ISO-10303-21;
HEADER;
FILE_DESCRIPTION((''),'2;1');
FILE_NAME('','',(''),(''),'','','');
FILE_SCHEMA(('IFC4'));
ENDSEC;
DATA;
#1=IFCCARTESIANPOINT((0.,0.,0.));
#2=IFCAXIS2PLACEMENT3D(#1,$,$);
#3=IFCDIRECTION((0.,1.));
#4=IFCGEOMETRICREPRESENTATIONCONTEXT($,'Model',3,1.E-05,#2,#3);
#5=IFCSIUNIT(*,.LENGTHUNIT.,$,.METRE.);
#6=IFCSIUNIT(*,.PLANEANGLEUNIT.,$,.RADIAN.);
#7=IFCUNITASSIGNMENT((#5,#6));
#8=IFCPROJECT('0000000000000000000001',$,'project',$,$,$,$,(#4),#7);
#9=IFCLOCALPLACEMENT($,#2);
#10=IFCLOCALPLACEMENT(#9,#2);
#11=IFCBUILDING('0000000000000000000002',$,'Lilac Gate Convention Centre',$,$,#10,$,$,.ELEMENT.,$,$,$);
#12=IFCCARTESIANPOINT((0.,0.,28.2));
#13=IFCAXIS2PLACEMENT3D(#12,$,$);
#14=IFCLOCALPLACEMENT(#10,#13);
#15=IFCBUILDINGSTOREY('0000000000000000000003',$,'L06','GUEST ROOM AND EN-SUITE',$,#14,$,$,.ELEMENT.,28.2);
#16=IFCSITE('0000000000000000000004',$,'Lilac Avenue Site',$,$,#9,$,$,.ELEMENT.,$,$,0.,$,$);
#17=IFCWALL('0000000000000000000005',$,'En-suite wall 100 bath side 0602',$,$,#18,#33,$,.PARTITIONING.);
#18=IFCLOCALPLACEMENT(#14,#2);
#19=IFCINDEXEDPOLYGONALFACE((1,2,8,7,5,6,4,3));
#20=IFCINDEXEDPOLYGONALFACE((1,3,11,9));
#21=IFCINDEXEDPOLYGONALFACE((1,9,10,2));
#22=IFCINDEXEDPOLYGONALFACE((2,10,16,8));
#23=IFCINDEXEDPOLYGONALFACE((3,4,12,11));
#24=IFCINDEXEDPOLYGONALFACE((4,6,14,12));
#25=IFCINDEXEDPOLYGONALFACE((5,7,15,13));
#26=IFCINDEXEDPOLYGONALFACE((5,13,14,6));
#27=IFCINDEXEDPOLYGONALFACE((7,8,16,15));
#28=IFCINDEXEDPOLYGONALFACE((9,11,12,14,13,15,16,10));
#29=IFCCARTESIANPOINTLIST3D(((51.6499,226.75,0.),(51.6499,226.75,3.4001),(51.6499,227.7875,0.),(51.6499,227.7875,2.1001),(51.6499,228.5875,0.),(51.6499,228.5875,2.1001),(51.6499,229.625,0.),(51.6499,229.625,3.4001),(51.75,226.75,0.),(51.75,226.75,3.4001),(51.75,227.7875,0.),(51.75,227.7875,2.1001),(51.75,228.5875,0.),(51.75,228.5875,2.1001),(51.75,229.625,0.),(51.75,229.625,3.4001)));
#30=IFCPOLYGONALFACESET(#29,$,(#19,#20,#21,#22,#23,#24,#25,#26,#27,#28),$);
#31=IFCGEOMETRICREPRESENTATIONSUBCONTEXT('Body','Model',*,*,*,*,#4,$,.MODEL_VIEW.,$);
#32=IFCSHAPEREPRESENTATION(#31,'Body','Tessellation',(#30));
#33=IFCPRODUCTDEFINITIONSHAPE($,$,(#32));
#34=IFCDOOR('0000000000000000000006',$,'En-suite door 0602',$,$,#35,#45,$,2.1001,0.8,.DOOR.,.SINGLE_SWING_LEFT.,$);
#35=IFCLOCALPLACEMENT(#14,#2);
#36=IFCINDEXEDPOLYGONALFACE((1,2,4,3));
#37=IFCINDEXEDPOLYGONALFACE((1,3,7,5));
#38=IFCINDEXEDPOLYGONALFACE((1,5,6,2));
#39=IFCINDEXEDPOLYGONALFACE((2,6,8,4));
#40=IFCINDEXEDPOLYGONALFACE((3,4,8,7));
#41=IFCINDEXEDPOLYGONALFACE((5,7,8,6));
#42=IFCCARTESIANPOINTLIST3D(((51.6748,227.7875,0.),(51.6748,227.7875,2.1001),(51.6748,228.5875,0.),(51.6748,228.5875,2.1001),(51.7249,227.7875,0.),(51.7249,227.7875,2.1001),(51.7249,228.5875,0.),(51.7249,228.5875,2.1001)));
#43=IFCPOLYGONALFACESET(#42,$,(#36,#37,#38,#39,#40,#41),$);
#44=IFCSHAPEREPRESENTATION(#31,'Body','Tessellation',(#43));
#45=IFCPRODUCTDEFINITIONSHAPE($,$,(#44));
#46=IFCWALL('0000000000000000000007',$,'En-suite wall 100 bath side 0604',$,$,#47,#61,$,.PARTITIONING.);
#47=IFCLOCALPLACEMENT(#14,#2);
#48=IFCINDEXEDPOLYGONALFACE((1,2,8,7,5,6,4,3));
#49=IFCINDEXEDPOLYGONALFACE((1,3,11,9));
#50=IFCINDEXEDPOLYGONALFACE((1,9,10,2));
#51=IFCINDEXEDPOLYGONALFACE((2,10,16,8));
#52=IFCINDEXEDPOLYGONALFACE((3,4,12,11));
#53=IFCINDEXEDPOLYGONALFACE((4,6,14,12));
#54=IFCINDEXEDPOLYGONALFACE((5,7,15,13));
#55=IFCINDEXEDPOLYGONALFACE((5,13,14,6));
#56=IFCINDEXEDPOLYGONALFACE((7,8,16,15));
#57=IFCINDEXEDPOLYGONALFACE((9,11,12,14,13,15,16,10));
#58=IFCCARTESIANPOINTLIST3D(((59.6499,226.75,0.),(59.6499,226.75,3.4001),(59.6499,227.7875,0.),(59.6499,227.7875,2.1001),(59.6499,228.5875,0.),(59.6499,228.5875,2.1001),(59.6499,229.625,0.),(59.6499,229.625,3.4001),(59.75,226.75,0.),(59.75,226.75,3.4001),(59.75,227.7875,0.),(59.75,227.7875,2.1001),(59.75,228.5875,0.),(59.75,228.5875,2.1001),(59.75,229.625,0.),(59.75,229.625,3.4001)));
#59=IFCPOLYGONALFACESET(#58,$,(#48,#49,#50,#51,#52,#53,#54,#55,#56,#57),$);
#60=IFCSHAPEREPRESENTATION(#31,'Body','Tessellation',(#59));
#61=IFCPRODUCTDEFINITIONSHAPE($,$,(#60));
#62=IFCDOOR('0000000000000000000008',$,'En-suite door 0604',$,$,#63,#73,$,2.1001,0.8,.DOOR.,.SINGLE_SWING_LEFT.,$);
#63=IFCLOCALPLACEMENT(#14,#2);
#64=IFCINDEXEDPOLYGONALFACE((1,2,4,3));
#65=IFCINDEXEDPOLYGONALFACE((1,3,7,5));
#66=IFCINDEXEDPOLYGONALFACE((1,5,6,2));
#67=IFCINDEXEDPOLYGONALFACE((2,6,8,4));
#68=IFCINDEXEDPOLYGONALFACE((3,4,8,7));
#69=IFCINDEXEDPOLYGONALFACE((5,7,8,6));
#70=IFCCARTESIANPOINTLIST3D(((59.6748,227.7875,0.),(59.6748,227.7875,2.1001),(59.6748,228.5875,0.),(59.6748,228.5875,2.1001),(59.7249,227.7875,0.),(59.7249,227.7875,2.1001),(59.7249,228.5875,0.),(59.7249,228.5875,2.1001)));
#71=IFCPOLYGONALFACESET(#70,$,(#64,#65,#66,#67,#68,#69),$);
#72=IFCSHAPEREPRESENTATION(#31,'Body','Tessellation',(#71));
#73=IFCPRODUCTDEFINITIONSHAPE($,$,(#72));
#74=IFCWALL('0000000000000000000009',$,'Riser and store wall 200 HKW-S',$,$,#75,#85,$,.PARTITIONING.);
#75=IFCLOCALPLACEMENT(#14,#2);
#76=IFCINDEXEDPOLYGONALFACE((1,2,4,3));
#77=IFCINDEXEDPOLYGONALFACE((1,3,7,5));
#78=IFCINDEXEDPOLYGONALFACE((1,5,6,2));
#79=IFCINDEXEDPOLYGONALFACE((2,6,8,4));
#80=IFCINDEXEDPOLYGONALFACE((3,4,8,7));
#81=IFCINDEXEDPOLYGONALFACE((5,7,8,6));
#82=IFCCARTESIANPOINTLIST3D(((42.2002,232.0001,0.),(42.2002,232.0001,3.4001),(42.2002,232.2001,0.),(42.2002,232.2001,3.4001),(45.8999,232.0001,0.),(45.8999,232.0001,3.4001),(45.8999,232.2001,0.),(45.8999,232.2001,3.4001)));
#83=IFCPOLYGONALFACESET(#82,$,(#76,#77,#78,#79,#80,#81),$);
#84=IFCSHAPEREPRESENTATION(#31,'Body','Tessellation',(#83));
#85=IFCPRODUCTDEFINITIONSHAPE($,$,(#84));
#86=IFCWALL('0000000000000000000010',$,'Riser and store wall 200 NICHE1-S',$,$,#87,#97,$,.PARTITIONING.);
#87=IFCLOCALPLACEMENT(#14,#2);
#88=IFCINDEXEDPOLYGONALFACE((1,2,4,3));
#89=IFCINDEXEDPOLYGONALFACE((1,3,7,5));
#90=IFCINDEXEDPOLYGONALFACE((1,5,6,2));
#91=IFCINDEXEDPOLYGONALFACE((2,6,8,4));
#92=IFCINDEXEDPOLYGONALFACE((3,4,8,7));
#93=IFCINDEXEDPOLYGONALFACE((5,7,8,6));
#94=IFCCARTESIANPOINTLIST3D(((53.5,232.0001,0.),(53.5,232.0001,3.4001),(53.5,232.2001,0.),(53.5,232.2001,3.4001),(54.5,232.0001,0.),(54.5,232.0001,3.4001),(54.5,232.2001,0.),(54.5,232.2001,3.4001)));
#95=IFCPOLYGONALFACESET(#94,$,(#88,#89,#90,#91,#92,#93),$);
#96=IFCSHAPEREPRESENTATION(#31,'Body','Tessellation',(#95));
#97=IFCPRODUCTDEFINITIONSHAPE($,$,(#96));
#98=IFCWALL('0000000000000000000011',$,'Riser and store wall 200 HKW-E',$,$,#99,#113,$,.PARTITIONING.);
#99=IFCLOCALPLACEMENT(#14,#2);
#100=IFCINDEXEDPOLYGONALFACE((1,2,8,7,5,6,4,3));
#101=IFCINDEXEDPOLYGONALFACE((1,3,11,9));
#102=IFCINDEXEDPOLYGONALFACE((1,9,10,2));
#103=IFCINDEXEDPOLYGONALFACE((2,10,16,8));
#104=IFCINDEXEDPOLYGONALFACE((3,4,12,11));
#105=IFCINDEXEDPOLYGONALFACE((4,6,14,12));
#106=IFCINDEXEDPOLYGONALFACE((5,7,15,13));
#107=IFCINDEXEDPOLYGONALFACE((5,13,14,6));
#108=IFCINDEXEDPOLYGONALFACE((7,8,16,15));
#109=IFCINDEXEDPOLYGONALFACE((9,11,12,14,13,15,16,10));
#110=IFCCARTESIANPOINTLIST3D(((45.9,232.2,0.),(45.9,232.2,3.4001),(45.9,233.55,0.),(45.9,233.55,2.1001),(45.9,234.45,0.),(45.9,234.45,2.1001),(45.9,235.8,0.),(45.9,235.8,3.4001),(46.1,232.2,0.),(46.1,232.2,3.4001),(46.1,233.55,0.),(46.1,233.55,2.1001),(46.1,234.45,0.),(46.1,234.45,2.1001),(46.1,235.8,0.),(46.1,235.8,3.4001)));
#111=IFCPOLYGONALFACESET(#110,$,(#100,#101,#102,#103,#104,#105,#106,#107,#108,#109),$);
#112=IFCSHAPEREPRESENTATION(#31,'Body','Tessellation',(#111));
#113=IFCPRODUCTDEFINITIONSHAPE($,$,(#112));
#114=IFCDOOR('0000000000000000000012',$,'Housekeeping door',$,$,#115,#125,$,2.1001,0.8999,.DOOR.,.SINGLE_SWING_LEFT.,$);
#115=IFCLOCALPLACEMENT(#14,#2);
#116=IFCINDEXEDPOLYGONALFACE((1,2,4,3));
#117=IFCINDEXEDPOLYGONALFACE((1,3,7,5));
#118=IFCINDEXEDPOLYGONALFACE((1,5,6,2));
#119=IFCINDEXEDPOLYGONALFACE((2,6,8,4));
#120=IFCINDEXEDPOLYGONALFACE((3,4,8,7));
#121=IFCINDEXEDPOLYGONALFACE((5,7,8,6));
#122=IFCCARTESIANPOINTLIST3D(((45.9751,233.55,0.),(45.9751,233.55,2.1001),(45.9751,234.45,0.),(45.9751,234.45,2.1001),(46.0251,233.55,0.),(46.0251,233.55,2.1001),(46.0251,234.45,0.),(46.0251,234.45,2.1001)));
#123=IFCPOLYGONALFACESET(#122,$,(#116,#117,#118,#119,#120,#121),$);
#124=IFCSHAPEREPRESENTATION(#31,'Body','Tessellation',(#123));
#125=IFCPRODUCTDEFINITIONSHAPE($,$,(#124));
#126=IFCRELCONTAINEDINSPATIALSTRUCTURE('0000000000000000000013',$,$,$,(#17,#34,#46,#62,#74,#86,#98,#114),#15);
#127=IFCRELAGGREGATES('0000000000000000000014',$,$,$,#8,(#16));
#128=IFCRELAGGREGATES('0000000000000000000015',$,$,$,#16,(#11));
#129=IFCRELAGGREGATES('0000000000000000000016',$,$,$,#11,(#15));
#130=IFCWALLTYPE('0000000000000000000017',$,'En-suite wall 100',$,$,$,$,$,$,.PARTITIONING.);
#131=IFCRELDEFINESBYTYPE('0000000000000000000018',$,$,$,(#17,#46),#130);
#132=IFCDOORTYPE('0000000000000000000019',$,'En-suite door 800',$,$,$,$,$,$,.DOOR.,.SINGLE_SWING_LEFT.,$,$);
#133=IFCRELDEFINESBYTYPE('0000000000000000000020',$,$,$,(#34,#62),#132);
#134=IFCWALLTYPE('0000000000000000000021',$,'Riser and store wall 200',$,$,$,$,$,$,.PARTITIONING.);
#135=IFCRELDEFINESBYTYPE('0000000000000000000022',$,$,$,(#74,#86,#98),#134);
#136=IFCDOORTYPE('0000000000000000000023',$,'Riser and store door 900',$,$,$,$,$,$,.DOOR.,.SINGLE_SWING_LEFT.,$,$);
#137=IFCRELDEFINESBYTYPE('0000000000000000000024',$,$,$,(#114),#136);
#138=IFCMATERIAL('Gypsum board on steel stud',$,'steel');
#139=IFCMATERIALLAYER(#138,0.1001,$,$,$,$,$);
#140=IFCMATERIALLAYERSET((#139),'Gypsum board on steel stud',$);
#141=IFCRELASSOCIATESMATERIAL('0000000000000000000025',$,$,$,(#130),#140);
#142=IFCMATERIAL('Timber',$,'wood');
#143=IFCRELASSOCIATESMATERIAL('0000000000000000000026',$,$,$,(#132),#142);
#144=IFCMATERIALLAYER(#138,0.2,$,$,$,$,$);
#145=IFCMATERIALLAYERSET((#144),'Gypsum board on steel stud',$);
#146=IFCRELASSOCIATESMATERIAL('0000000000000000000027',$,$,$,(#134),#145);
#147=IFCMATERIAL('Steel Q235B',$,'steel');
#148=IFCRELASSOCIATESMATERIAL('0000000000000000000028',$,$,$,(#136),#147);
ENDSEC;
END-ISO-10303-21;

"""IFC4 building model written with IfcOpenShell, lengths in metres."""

from ifc_helpers import new_model, si_unit, direction, frame, frame_2d, origin, place, context, subcontext, project, spatial, rectangle, extrude, material, layer, layer_set, type_object, element, fill, save


model = new_model("IFC4")

# Units and contexts
model_context = context("Model", 3, precision=1e-05, world=origin(), true_north=direction((0.0, 1.0)))
body_context = subcontext(model_context, "Body", "Model", "MODEL_VIEW")
ifc_project = project(units=[si_unit("LENGTHUNIT", "METRE"), si_unit("PLANEANGLEUNIT", "RADIAN")], contexts=[model_context])

# Site, building, storey
site_placement = place(None, origin())
site = spatial("IfcSite", under=ifc_project, at=site_placement, Name="Lilac Avenue Site", CompositionType="ELEMENT", RefElevation=0.0)
building_placement = place(site_placement, origin())
building = spatial("IfcBuilding", under=site, at=building_placement, Name="Lilac Gate Convention Centre", CompositionType="ELEMENT")
storey_placement = place(building_placement, frame((0.0, 0.0, 28.2)))
storey = spatial("IfcBuildingStorey", under=building, at=storey_placement, Name="L06", Description="GUEST ROOM AND EN-SUITE", CompositionType="ELEMENT", Elevation=28.2)

# Walls, openings, doors
ifc_material_1 = material(Name="Gypsum board on steel stud", Category="steel")
ifc_material_2 = material(Name="Timber", Category="wood")
ifc_layer_1 = layer(ifc_material_1, 0.1001)
ifc_layer_set_1 = layer_set([ifc_layer_1], Name="Gypsum board on steel stud")
wall_type_1 = type_object("IfcWallType", Name="En-suite wall 100", PredefinedType="PARTITIONING", material=ifc_layer_set_1)
wall_1_placement = place(storey_placement, frame((51.7, 229.625, 0.0), z_axis=(0.0, 0.0, 1.0), x_axis=(0.0, -1.0, 0.0)))
wall_1 = element("IfcWall", 1, at=wall_1_placement, inside=storey, type_object=wall_type_1, Name="En-suite wall 100 bath side 0602", PredefinedType="PARTITIONING", context=body_context, shape_type="SweptSolid", body=[
    extrude(rectangle(XDim=2.875, YDim=0.1001, at=frame_2d((1.4375, 0.0))), origin(), (0.0, 0.0, 1.0), 3.4001),
])
opening_1_placement = place(wall_1_placement, frame((1.0376, 0.0, 0.0)))
opening_1 = element("IfcOpeningElement", 2, at=opening_1_placement, cuts=wall_1, PredefinedType="OPENING", context=body_context, shape_type="SweptSolid", body=[
    extrude(rectangle(XDim=0.8, YDim=2.1001, at=frame_2d((0.3999, 1.05))), frame((0.0, 0.0601, 0.0), z_axis=(0.0, -1.0, 0.0), x_axis=(1.0, 0.0, 0.0)), (0.0, 0.0, 1.0), 0.1201),
])
door_type_1 = type_object("IfcDoorType", Name="En-suite door 800", OperationType="SINGLE_SWING_LEFT", PredefinedType="DOOR", material=ifc_material_2)
door_1_placement = place(opening_1_placement, origin())
door_1 = element("IfcDoor", 3, at=door_1_placement, inside=storey, type_object=door_type_1, Name="En-suite door 0602", OperationType="SINGLE_SWING_LEFT", OverallHeight=2.1001, OverallWidth=0.8, PredefinedType="DOOR", context=body_context, shape_type="SweptSolid", body=[
    extrude(rectangle(XDim=0.8, YDim=2.1001, at=frame_2d((0.3999, 1.05))), frame((0.0, 0.0249, 0.0), z_axis=(0.0, -1.0, 0.0), x_axis=(1.0, 0.0, 0.0)), (0.0, 0.0, 1.0), 0.05),
])
fill(opening_1, door_1)
wall_2_placement = place(storey_placement, frame((59.7, 229.625, 0.0), z_axis=(0.0, 0.0, 1.0), x_axis=(0.0, -1.0, 0.0)))
wall_2 = element("IfcWall", 4, at=wall_2_placement, inside=storey, type_object=wall_type_1, Name="En-suite wall 100 bath side 0604", PredefinedType="PARTITIONING", context=body_context, shape_type="SweptSolid", body=[
    extrude(rectangle(XDim=2.875, YDim=0.1001, at=frame_2d((1.4375, 0.0))), origin(), (0.0, 0.0, 1.0), 3.4001),
])
opening_2_placement = place(wall_2_placement, frame((1.0376, 0.0, 0.0)))
opening_2 = element("IfcOpeningElement", 5, at=opening_2_placement, cuts=wall_2, PredefinedType="OPENING", context=body_context, shape_type="SweptSolid", body=[
    extrude(rectangle(XDim=0.8, YDim=2.1001, at=frame_2d((0.3999, 1.05))), frame((0.0, 0.0601, 0.0), z_axis=(0.0, -1.0, 0.0), x_axis=(1.0, 0.0, 0.0)), (0.0, 0.0, 1.0), 0.1201),
])
door_2_placement = place(opening_2_placement, origin())
door_2 = element("IfcDoor", 6, at=door_2_placement, inside=storey, type_object=door_type_1, Name="En-suite door 0604", OperationType="SINGLE_SWING_LEFT", OverallHeight=2.1001, OverallWidth=0.8, PredefinedType="DOOR", context=body_context, shape_type="SweptSolid", body=[
    extrude(rectangle(XDim=0.8, YDim=2.1001, at=frame_2d((0.3999, 1.05))), frame((0.0, 0.0249, 0.0), z_axis=(0.0, -1.0, 0.0), x_axis=(1.0, 0.0, 0.0)), (0.0, 0.0, 1.0), 0.05),
])
fill(opening_2, door_2)

# Walls
ifc_layer_2 = layer(ifc_material_1, 0.2)
ifc_layer_set_2 = layer_set([ifc_layer_2], Name="Gypsum board on steel stud")
wall_type_2 = type_object("IfcWallType", Name="Riser and store wall 200", PredefinedType="PARTITIONING", material=ifc_layer_set_2)
wall_3_placement = place(storey_placement, frame((42.2002, 232.1001, 0.0), z_axis=(0.0, 0.0, 1.0), x_axis=(1.0, 0.0, 0.0)))
element("IfcWall", 7, at=wall_3_placement, inside=storey, type_object=wall_type_2, Name="Riser and store wall 200 HKW-S", PredefinedType="PARTITIONING", context=body_context, shape_type="SweptSolid", body=[
    extrude(rectangle(XDim=3.6997, YDim=0.2, at=frame_2d((1.8499, 0.0))), origin(), (0.0, 0.0, 1.0), 3.4001),
])
wall_4_placement = place(storey_placement, frame((53.5, 232.1001, 0.0), z_axis=(0.0, 0.0, 1.0), x_axis=(1.0, 0.0, 0.0)))
element("IfcWall", 8, at=wall_4_placement, inside=storey, type_object=wall_type_2, Name="Riser and store wall 200 NICHE1-S", PredefinedType="PARTITIONING", context=body_context, shape_type="SweptSolid", body=[
    extrude(rectangle(XDim=1.0, YDim=0.2, at=frame_2d((0.5, 0.0))), origin(), (0.0, 0.0, 1.0), 3.4001),
])

# Wall, opening, door
wall_5_placement = place(storey_placement, frame((46.0, 232.2, 0.0), z_axis=(0.0, 0.0, 1.0), x_axis=(0.0, 1.0, 0.0)))
wall_5 = element("IfcWall", 9, at=wall_5_placement, inside=storey, type_object=wall_type_2, Name="Riser and store wall 200 HKW-E", PredefinedType="PARTITIONING", context=body_context, shape_type="SweptSolid", body=[
    extrude(rectangle(XDim=3.6001, YDim=0.2, at=frame_2d((1.8, 0.0))), origin(), (0.0, 0.0, 1.0), 3.4001),
])
opening_3_placement = place(wall_5_placement, frame((1.3501, 0.0, 0.0)))
opening_3 = element("IfcOpeningElement", 10, at=opening_3_placement, cuts=wall_5, PredefinedType="OPENING", context=body_context, shape_type="SweptSolid", body=[
    extrude(rectangle(XDim=0.8999, YDim=2.1001, at=frame_2d((0.45, 1.05))), frame((0.0, 0.1099, 0.0), z_axis=(0.0, -1.0, 0.0), x_axis=(1.0, 0.0, 0.0)), (0.0, 0.0, 1.0), 0.22),
])
ifc_material_3 = material(Name="Steel Q235B", Category="steel")
door_type_2 = type_object("IfcDoorType", Name="Riser and store door 900", OperationType="SINGLE_SWING_LEFT", PredefinedType="DOOR", material=ifc_material_3)
door_3_placement = place(opening_3_placement, origin())
door_3 = element("IfcDoor", 11, at=door_3_placement, inside=storey, type_object=door_type_2, Name="Housekeeping door", OperationType="SINGLE_SWING_LEFT", OverallHeight=2.1001, OverallWidth=0.8999, PredefinedType="DOOR", context=body_context, shape_type="SweptSolid", body=[
    extrude(rectangle(XDim=0.8999, YDim=2.1001, at=frame_2d((0.45, 1.05))), frame((0.0, 0.0249, 0.0), z_axis=(0.0, -1.0, 0.0), x_axis=(1.0, 0.0, 0.0)), (0.0, 0.0, 1.0), 0.05),
])
fill(opening_3, door_3)

save(model, "model.ifc")
